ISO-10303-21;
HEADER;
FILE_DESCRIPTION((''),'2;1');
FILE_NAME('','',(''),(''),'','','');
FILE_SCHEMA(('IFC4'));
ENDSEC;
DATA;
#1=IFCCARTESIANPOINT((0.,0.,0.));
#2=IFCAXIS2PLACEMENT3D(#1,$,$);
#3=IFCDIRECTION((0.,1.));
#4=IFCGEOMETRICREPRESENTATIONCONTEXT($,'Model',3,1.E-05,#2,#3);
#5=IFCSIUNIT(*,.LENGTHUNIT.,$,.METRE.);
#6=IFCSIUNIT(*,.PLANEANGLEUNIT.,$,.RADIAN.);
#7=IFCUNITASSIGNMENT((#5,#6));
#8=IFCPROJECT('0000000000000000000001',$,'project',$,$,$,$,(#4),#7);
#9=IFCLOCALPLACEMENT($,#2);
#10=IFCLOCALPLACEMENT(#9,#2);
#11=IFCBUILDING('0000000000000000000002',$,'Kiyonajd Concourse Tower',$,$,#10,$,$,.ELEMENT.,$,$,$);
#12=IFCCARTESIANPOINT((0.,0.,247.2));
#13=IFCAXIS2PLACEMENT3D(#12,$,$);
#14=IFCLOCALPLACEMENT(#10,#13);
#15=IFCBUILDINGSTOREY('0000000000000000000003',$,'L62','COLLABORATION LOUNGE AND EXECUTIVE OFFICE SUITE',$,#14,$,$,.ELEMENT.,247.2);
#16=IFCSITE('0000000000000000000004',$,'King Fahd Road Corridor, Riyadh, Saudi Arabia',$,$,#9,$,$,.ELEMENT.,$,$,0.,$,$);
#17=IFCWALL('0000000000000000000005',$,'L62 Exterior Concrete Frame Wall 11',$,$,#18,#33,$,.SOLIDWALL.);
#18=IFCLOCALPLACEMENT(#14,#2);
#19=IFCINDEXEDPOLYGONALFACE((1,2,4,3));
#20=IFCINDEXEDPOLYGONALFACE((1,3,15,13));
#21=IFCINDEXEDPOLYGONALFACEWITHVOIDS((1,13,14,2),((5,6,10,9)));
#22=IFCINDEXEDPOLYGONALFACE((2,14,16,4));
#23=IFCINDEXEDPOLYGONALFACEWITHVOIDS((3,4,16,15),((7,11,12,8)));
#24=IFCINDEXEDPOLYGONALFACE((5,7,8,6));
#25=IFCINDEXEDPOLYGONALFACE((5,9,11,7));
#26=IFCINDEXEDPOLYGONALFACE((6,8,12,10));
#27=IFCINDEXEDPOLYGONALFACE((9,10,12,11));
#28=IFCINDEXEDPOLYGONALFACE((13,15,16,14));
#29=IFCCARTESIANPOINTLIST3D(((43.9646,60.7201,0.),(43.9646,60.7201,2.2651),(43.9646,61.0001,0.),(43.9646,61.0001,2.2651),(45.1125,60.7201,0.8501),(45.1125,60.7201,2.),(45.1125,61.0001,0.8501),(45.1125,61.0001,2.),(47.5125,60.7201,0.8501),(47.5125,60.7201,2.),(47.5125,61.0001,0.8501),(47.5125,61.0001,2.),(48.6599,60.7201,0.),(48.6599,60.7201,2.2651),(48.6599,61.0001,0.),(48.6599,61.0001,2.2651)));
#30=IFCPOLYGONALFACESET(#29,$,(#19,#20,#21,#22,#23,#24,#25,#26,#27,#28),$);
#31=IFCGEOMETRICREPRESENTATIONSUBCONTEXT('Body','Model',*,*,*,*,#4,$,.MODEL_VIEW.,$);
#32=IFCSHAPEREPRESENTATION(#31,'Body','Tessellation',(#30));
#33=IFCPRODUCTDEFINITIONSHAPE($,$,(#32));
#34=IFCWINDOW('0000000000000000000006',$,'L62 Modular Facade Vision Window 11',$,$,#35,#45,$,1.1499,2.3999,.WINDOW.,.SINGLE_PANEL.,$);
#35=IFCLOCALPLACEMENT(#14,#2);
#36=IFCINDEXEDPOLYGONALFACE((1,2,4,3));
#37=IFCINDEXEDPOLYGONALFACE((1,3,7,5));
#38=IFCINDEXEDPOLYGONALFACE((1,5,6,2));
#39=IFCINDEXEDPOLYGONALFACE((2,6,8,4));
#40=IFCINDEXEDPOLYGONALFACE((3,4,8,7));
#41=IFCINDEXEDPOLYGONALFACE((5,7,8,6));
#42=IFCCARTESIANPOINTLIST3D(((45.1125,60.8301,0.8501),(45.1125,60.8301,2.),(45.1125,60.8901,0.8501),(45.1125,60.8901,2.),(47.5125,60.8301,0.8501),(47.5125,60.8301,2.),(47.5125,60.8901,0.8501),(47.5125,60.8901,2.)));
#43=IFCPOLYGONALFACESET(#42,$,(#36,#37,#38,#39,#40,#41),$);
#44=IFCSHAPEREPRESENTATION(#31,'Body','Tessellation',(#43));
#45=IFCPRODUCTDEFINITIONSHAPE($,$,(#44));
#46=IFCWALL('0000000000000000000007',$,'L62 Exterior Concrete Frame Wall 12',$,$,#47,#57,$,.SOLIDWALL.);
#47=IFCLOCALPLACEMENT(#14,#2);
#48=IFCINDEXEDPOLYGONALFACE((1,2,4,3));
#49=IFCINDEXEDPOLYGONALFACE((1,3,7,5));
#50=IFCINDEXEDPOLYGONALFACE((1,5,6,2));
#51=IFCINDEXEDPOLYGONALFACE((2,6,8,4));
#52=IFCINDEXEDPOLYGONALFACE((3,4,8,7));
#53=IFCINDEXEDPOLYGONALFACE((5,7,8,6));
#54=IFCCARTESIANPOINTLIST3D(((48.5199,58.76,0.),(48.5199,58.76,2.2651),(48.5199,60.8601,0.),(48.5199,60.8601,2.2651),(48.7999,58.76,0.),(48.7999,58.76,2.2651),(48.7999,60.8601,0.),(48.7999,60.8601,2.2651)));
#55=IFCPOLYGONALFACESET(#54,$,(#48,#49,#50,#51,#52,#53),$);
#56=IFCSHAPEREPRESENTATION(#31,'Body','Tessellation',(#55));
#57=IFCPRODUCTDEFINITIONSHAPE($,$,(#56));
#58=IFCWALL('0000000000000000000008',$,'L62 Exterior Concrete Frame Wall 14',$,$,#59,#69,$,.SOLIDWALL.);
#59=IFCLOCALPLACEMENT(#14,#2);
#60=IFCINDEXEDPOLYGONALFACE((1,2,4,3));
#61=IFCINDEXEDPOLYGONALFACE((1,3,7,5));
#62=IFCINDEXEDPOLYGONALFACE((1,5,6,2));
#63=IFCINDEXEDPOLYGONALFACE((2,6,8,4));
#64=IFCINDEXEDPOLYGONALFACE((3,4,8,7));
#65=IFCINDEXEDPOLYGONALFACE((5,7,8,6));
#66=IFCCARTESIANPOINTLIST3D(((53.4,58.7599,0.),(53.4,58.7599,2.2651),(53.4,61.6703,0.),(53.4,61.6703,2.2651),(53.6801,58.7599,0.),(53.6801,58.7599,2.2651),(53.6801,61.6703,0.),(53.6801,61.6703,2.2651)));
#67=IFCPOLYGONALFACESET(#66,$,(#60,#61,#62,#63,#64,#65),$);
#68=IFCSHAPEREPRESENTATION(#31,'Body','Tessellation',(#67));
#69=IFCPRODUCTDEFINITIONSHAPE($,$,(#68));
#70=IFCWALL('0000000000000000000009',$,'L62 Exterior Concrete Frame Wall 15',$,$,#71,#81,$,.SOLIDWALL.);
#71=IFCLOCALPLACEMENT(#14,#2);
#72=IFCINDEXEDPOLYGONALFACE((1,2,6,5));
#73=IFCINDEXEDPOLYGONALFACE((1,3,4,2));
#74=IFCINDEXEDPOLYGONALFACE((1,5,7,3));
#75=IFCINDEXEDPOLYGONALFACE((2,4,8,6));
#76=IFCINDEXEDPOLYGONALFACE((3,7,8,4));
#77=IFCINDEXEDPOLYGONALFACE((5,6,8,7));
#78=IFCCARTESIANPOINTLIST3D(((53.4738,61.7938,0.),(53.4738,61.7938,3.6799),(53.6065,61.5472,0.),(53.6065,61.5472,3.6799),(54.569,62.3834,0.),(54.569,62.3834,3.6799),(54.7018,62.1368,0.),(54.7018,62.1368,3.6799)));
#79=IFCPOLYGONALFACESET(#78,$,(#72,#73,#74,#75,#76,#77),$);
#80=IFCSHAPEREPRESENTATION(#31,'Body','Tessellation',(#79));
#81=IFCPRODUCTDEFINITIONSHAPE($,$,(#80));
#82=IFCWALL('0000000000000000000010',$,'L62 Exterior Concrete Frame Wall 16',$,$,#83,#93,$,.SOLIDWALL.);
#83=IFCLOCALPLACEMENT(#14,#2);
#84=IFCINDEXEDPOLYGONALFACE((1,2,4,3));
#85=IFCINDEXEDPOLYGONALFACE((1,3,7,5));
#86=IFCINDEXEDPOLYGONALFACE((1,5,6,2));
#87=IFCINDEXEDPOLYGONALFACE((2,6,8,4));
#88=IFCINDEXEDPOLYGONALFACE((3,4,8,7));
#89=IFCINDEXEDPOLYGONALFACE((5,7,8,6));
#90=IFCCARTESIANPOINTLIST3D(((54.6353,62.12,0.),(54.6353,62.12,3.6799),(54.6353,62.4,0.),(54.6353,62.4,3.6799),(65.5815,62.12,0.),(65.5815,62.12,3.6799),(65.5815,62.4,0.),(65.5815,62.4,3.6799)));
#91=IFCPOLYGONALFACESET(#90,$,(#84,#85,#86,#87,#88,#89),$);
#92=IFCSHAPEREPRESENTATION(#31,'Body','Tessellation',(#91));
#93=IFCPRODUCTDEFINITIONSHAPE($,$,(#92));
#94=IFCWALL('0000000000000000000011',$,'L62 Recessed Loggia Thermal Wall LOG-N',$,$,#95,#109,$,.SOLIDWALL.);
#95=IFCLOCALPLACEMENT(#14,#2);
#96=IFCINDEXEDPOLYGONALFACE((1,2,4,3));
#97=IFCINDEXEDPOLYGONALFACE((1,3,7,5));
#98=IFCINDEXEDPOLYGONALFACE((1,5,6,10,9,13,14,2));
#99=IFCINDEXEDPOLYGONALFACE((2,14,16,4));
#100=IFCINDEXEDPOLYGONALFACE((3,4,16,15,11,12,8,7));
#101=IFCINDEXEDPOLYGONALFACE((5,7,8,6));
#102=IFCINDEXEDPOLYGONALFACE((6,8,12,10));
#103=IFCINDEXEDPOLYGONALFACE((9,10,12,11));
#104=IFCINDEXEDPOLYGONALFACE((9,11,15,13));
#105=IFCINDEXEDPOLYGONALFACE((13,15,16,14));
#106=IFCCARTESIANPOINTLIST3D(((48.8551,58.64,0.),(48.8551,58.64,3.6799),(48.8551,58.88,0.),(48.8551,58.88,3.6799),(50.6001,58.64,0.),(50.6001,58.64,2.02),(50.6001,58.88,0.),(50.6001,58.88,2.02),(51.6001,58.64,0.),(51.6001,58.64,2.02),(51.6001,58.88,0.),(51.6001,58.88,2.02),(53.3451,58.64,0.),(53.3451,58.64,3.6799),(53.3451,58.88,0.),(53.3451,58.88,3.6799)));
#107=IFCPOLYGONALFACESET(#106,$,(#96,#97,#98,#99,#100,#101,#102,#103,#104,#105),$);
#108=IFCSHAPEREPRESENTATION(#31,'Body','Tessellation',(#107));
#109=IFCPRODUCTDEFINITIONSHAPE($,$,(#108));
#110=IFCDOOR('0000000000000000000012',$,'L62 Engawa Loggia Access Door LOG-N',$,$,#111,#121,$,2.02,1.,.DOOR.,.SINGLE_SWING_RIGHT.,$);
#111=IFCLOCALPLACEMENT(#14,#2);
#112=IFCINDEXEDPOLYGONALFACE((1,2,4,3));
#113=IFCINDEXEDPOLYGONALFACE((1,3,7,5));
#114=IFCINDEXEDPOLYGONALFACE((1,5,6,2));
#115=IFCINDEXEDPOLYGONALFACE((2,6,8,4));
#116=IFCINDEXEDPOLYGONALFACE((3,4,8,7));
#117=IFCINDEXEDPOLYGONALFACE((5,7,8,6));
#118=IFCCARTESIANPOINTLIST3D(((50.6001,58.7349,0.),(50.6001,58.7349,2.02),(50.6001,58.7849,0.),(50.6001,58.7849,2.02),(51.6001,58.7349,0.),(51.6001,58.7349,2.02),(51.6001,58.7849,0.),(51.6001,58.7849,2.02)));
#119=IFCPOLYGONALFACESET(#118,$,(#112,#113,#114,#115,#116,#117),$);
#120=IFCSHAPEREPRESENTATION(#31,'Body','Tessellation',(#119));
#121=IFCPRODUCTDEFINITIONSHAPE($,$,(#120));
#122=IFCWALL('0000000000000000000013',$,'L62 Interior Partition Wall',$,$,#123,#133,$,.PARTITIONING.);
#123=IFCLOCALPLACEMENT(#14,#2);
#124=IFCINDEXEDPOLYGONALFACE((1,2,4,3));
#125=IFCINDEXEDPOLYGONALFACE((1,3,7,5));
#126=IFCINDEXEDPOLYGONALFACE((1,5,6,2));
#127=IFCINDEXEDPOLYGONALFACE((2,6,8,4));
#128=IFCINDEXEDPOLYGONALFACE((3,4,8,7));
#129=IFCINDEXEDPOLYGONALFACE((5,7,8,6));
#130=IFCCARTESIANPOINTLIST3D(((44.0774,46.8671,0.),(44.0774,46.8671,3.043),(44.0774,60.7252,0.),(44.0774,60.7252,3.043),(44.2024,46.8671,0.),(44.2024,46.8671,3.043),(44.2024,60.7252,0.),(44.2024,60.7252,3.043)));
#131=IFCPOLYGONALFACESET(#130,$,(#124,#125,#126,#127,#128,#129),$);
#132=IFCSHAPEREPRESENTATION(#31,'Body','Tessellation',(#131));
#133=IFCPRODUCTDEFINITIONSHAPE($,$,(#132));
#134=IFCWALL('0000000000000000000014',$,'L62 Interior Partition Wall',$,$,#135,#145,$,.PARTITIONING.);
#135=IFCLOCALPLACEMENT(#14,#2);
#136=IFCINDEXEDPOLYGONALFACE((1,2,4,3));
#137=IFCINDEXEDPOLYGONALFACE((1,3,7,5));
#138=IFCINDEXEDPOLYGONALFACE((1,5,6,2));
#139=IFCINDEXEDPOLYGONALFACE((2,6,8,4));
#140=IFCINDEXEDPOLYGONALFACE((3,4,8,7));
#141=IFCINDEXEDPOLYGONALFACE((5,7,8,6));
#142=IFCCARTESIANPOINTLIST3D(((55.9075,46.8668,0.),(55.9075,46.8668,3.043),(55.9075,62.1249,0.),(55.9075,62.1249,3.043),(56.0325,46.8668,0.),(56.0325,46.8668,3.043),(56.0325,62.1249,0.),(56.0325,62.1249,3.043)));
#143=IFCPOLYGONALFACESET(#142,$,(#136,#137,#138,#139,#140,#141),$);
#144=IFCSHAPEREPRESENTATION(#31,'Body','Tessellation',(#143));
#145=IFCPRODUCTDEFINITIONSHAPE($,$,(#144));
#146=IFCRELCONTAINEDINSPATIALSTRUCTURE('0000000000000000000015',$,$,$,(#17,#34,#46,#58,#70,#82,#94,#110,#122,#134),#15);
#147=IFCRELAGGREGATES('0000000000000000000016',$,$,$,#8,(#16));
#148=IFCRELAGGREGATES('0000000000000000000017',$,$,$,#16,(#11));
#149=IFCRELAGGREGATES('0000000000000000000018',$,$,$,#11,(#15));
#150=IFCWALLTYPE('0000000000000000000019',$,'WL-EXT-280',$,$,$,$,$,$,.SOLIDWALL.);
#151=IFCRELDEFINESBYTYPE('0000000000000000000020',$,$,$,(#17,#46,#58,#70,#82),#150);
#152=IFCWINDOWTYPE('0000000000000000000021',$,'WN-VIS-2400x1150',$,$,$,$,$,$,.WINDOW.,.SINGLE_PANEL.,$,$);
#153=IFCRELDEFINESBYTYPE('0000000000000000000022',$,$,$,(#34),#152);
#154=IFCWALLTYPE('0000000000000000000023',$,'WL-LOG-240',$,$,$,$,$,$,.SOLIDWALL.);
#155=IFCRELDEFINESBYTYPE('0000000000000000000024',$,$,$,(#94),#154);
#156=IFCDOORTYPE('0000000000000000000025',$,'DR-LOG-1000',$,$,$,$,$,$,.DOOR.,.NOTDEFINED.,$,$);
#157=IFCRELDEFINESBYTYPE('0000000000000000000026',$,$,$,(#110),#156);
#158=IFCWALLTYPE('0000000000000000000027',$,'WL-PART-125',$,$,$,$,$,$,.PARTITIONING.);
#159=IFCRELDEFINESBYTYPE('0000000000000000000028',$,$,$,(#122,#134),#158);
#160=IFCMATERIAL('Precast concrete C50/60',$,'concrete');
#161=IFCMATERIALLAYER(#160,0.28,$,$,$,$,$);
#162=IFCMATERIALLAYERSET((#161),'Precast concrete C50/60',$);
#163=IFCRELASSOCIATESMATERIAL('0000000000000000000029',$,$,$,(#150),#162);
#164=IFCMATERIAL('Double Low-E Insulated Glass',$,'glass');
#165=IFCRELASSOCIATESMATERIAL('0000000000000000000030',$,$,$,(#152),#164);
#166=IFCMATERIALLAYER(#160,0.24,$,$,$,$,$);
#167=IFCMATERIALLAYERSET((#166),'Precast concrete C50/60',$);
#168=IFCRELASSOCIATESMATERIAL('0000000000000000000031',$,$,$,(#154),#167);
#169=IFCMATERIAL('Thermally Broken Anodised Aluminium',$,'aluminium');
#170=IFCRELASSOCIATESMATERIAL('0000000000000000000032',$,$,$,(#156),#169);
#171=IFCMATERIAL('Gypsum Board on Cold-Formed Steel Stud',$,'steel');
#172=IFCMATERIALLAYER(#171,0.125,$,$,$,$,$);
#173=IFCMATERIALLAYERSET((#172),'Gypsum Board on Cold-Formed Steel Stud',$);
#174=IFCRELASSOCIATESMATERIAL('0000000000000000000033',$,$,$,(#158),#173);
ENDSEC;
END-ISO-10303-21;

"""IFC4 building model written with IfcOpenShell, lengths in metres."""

from ifc_helpers import new_model, si_unit, direction, frame, frame_2d, origin, place, context, subcontext, project, spatial, rectangle, extrude, material, layer, layer_set, type_object, element, fill, save


model = new_model("IFC4")

# Units and contexts
model_context = context("Model", 3, precision=1e-05, world=origin(), true_north=direction((0.0, 1.0)))
body_context = subcontext(model_context, "Body", "Model", "MODEL_VIEW")
ifc_project = project(units=[si_unit("LENGTHUNIT", "METRE"), si_unit("PLANEANGLEUNIT", "RADIAN")], contexts=[model_context])

# Site, building, storey
site_placement = place(None, origin())
site = spatial("IfcSite", under=ifc_project, at=site_placement, Name="King Fahd Road Corridor, Riyadh, Saudi Arabia", CompositionType="ELEMENT", RefElevation=0.0)
building_placement = place(site_placement, origin())
building = spatial("IfcBuilding", under=site, at=building_placement, Name="Kiyonajd Concourse Tower", CompositionType="ELEMENT")
storey_placement = place(building_placement, frame((0.0, 0.0, 247.2)))
storey = spatial("IfcBuildingStorey", under=building, at=storey_placement, Name="L62", Description="COLLABORATION LOUNGE AND EXECUTIVE OFFICE SUITE", CompositionType="ELEMENT", Elevation=247.2)

# Shared definitions
ifc_material_1 = material(Name="Thermally Broken Anodised Aluminium", Category="aluminium")

# Wall, opening, window
ifc_material_2 = material(Name="Precast concrete C50/60", Category="concrete")
ifc_layer_1 = layer(ifc_material_2, 0.28)
ifc_layer_set_1 = layer_set([ifc_layer_1], Name="Precast concrete C50/60")
wall_type_1 = type_object("IfcWallType", Name="WL-EXT-280", PredefinedType="SOLIDWALL", material=ifc_layer_set_1)
wall_1_placement = place(storey_placement, frame((43.9646, 60.8601, 0.0), z_axis=(0.0, 0.0, 1.0), x_axis=(1.0, 0.0, 0.0)))
wall_1 = element("IfcWall", 1, at=wall_1_placement, inside=storey, type_object=wall_type_1, Name="L62 Exterior Concrete Frame Wall 11", PredefinedType="SOLIDWALL", context=body_context, shape_type="SweptSolid", body=[
    extrude(rectangle(XDim=4.6953, YDim=0.28, at=frame_2d((2.3477, 0.0))), origin(), (0.0, 0.0, 1.0), 2.2651),
])
opening_1_placement = place(wall_1_placement, frame((1.1479, 0.0, 0.8501)))
opening_1 = element("IfcOpeningElement", 2, at=opening_1_placement, cuts=wall_1, PredefinedType="OPENING", context=body_context, shape_type="SweptSolid", body=[
    extrude(rectangle(XDim=2.3999, YDim=1.1499, at=frame_2d((1.2, 0.575))), frame((0.0, 0.1499, 0.0), z_axis=(0.0, -1.0, 0.0), x_axis=(1.0, 0.0, 0.0)), (0.0, 0.0, 1.0), 0.3),
])
ifc_material_3 = material(Name="Double Low-E Insulated Glass", Category="glass")
window_type = type_object("IfcWindowType", Name="WN-VIS-2400x1150", PartitioningType="SINGLE_PANEL", PredefinedType="WINDOW", material=ifc_material_3)
window_placement = place(opening_1_placement, origin())
window = element("IfcWindow", 3, at=window_placement, inside=storey, type_object=window_type, Name="L62 Modular Facade Vision Window 11", OverallHeight=1.1499, OverallWidth=2.3999, PartitioningType="SINGLE_PANEL", PredefinedType="WINDOW", context=body_context, shape_type="SweptSolid", body=[
    extrude(rectangle(XDim=2.3999, YDim=1.1499, at=frame_2d((1.2, 0.575))), frame((0.0, 0.03, 0.0), z_axis=(0.0, -1.0, 0.0), x_axis=(1.0, 0.0, 0.0)), (0.0, 0.0, 1.0), 0.0601),
])
fill(opening_1, window)

# Walls
wall_2_placement = place(storey_placement, frame((48.6599, 60.8601, 0.0), z_axis=(0.0, 0.0, 1.0), x_axis=(0.0, -1.0, 0.0)))
element("IfcWall", 4, at=wall_2_placement, inside=storey, type_object=wall_type_1, Name="L62 Exterior Concrete Frame Wall 12", PredefinedType="SOLIDWALL", context=body_context, shape_type="SweptSolid", body=[
    extrude(rectangle(XDim=2.1001, YDim=0.28, at=frame_2d((1.05, 0.0))), origin(), (0.0, 0.0, 1.0), 2.2651),
])
wall_3_placement = place(storey_placement, frame((53.54, 58.76, 0.0), z_axis=(0.0, 0.0, 1.0), x_axis=(0.0, 1.0, 0.0)))
element("IfcWall", 5, at=wall_3_placement, inside=storey, type_object=wall_type_1, Name="L62 Exterior Concrete Frame Wall 14", PredefinedType="SOLIDWALL", context=body_context, shape_type="SweptSolid", body=[
    extrude(rectangle(XDim=2.9104, YDim=0.28, at=frame_2d((1.4551, 0.0))), origin(), (0.0, 0.0, 1.0), 2.2651),
])
wall_4_placement = place(storey_placement, frame((53.54, 61.6704, 0.0), z_axis=(0.0, 0.0, 1.0), x_axis=(0.880515, 0.474018, 0.0)))
element("IfcWall", 6, at=wall_4_placement, inside=storey, type_object=wall_type_1, Name="L62 Exterior Concrete Frame Wall 15", PredefinedType="SOLIDWALL", context=body_context, shape_type="SweptSolid", body=[
    extrude(rectangle(XDim=1.2439, YDim=0.28, at=frame_2d((0.6221, 0.0))), origin(), (0.0, 0.0, 1.0), 3.6799),
])
wall_5_placement = place(storey_placement, frame((54.6353, 62.26, 0.0), z_axis=(0.0, 0.0, 1.0), x_axis=(1.0, 0.0, 0.0)))
element("IfcWall", 7, at=wall_5_placement, inside=storey, type_object=wall_type_1, Name="L62 Exterior Concrete Frame Wall 16", PredefinedType="SOLIDWALL", context=body_context, shape_type="SweptSolid", body=[
    extrude(rectangle(XDim=10.9463, YDim=0.28, at=frame_2d((5.4731, 0.0))), origin(), (0.0, 0.0, 1.0), 3.6799),
])

# Wall, opening, door
ifc_layer_2 = layer(ifc_material_2, 0.24)
ifc_layer_set_2 = layer_set([ifc_layer_2], Name="Precast concrete C50/60")
wall_type_2 = type_object("IfcWallType", Name="WL-LOG-240", PredefinedType="SOLIDWALL", material=ifc_layer_set_2)
wall_6_placement = place(storey_placement, frame((48.855, 58.76, 0.0), z_axis=(0.0, 0.0, 1.0), x_axis=(1.0, 0.0, 0.0)))
wall_6 = element("IfcWall", 8, at=wall_6_placement, inside=storey, type_object=wall_type_2, Name="L62 Recessed Loggia Thermal Wall LOG-N", PredefinedType="SOLIDWALL", context=body_context, shape_type="SweptSolid", body=[
    extrude(rectangle(XDim=4.49, YDim=0.24, at=frame_2d((2.2451, 0.0))), origin(), (0.0, 0.0, 1.0), 3.6799),
])
opening_2_placement = place(wall_6_placement, frame((1.7451, 0.0, 0.0)))
opening_2 = element("IfcOpeningElement", 9, at=opening_2_placement, cuts=wall_6, PredefinedType="OPENING", context=body_context, shape_type="SweptSolid", body=[
    extrude(rectangle(XDim=1.0, YDim=2.02, at=frame_2d((0.5, 1.01))), frame((0.0, 0.1299, 0.0), z_axis=(0.0, -1.0, 0.0), x_axis=(1.0, 0.0, 0.0)), (0.0, 0.0, 1.0), 0.26),
])
door_type = type_object("IfcDoorType", Name="DR-LOG-1000", OperationType="NOTDEFINED", PredefinedType="DOOR", material=ifc_material_1)
door_placement = place(opening_2_placement, origin())
door = element("IfcDoor", 10, at=door_placement, inside=storey, type_object=door_type, Name="L62 Engawa Loggia Access Door LOG-N", OperationType="SINGLE_SWING_RIGHT", OverallHeight=2.02, OverallWidth=1.0, PredefinedType="DOOR", context=body_context, shape_type="SweptSolid", body=[
    extrude(rectangle(XDim=1.0, YDim=2.02, at=frame_2d((0.5, 1.01))), frame((0.0, 0.0249, 0.0), z_axis=(0.0, -1.0, 0.0), x_axis=(1.0, 0.0, 0.0)), (0.0, 0.0, 1.0), 0.05),
])
fill(opening_2, door)

# Walls
ifc_material_4 = material(Name="Gypsum Board on Cold-Formed Steel Stud", Category="steel")
ifc_layer_3 = layer(ifc_material_4, 0.125)
ifc_layer_set_3 = layer_set([ifc_layer_3], Name="Gypsum Board on Cold-Formed Steel Stud")
wall_type_3 = type_object("IfcWallType", Name="WL-PART-125", PredefinedType="PARTITIONING", material=ifc_layer_set_3)
wall_7_placement = place(storey_placement, frame((44.1399, 46.8669, 0.0), z_axis=(0.0, 0.0, 1.0), x_axis=(0.0, 1.0, 0.0)))
element("IfcWall", 11, at=wall_7_placement, inside=storey, type_object=wall_type_3, Name="L62 Interior Partition Wall", PredefinedType="PARTITIONING", context=body_context, shape_type="SweptSolid", body=[
    extrude(rectangle(XDim=13.8582, YDim=0.125, at=frame_2d((6.9292, 0.0))), origin(), (0.0, 0.0, 1.0), 3.043),
])
wall_8_placement = place(storey_placement, frame((55.97, 46.8669, 0.0), z_axis=(0.0, 0.0, 1.0), x_axis=(0.0, 1.0, 0.0)))
element("IfcWall", 12, at=wall_8_placement, inside=storey, type_object=wall_type_3, Name="L62 Interior Partition Wall", PredefinedType="PARTITIONING", context=body_context, shape_type="SweptSolid", body=[
    extrude(rectangle(XDim=15.2581, YDim=0.125, at=frame_2d((7.6289, 0.0))), origin(), (0.0, 0.0, 1.0), 3.043),
])

save(model, "model.ifc")
